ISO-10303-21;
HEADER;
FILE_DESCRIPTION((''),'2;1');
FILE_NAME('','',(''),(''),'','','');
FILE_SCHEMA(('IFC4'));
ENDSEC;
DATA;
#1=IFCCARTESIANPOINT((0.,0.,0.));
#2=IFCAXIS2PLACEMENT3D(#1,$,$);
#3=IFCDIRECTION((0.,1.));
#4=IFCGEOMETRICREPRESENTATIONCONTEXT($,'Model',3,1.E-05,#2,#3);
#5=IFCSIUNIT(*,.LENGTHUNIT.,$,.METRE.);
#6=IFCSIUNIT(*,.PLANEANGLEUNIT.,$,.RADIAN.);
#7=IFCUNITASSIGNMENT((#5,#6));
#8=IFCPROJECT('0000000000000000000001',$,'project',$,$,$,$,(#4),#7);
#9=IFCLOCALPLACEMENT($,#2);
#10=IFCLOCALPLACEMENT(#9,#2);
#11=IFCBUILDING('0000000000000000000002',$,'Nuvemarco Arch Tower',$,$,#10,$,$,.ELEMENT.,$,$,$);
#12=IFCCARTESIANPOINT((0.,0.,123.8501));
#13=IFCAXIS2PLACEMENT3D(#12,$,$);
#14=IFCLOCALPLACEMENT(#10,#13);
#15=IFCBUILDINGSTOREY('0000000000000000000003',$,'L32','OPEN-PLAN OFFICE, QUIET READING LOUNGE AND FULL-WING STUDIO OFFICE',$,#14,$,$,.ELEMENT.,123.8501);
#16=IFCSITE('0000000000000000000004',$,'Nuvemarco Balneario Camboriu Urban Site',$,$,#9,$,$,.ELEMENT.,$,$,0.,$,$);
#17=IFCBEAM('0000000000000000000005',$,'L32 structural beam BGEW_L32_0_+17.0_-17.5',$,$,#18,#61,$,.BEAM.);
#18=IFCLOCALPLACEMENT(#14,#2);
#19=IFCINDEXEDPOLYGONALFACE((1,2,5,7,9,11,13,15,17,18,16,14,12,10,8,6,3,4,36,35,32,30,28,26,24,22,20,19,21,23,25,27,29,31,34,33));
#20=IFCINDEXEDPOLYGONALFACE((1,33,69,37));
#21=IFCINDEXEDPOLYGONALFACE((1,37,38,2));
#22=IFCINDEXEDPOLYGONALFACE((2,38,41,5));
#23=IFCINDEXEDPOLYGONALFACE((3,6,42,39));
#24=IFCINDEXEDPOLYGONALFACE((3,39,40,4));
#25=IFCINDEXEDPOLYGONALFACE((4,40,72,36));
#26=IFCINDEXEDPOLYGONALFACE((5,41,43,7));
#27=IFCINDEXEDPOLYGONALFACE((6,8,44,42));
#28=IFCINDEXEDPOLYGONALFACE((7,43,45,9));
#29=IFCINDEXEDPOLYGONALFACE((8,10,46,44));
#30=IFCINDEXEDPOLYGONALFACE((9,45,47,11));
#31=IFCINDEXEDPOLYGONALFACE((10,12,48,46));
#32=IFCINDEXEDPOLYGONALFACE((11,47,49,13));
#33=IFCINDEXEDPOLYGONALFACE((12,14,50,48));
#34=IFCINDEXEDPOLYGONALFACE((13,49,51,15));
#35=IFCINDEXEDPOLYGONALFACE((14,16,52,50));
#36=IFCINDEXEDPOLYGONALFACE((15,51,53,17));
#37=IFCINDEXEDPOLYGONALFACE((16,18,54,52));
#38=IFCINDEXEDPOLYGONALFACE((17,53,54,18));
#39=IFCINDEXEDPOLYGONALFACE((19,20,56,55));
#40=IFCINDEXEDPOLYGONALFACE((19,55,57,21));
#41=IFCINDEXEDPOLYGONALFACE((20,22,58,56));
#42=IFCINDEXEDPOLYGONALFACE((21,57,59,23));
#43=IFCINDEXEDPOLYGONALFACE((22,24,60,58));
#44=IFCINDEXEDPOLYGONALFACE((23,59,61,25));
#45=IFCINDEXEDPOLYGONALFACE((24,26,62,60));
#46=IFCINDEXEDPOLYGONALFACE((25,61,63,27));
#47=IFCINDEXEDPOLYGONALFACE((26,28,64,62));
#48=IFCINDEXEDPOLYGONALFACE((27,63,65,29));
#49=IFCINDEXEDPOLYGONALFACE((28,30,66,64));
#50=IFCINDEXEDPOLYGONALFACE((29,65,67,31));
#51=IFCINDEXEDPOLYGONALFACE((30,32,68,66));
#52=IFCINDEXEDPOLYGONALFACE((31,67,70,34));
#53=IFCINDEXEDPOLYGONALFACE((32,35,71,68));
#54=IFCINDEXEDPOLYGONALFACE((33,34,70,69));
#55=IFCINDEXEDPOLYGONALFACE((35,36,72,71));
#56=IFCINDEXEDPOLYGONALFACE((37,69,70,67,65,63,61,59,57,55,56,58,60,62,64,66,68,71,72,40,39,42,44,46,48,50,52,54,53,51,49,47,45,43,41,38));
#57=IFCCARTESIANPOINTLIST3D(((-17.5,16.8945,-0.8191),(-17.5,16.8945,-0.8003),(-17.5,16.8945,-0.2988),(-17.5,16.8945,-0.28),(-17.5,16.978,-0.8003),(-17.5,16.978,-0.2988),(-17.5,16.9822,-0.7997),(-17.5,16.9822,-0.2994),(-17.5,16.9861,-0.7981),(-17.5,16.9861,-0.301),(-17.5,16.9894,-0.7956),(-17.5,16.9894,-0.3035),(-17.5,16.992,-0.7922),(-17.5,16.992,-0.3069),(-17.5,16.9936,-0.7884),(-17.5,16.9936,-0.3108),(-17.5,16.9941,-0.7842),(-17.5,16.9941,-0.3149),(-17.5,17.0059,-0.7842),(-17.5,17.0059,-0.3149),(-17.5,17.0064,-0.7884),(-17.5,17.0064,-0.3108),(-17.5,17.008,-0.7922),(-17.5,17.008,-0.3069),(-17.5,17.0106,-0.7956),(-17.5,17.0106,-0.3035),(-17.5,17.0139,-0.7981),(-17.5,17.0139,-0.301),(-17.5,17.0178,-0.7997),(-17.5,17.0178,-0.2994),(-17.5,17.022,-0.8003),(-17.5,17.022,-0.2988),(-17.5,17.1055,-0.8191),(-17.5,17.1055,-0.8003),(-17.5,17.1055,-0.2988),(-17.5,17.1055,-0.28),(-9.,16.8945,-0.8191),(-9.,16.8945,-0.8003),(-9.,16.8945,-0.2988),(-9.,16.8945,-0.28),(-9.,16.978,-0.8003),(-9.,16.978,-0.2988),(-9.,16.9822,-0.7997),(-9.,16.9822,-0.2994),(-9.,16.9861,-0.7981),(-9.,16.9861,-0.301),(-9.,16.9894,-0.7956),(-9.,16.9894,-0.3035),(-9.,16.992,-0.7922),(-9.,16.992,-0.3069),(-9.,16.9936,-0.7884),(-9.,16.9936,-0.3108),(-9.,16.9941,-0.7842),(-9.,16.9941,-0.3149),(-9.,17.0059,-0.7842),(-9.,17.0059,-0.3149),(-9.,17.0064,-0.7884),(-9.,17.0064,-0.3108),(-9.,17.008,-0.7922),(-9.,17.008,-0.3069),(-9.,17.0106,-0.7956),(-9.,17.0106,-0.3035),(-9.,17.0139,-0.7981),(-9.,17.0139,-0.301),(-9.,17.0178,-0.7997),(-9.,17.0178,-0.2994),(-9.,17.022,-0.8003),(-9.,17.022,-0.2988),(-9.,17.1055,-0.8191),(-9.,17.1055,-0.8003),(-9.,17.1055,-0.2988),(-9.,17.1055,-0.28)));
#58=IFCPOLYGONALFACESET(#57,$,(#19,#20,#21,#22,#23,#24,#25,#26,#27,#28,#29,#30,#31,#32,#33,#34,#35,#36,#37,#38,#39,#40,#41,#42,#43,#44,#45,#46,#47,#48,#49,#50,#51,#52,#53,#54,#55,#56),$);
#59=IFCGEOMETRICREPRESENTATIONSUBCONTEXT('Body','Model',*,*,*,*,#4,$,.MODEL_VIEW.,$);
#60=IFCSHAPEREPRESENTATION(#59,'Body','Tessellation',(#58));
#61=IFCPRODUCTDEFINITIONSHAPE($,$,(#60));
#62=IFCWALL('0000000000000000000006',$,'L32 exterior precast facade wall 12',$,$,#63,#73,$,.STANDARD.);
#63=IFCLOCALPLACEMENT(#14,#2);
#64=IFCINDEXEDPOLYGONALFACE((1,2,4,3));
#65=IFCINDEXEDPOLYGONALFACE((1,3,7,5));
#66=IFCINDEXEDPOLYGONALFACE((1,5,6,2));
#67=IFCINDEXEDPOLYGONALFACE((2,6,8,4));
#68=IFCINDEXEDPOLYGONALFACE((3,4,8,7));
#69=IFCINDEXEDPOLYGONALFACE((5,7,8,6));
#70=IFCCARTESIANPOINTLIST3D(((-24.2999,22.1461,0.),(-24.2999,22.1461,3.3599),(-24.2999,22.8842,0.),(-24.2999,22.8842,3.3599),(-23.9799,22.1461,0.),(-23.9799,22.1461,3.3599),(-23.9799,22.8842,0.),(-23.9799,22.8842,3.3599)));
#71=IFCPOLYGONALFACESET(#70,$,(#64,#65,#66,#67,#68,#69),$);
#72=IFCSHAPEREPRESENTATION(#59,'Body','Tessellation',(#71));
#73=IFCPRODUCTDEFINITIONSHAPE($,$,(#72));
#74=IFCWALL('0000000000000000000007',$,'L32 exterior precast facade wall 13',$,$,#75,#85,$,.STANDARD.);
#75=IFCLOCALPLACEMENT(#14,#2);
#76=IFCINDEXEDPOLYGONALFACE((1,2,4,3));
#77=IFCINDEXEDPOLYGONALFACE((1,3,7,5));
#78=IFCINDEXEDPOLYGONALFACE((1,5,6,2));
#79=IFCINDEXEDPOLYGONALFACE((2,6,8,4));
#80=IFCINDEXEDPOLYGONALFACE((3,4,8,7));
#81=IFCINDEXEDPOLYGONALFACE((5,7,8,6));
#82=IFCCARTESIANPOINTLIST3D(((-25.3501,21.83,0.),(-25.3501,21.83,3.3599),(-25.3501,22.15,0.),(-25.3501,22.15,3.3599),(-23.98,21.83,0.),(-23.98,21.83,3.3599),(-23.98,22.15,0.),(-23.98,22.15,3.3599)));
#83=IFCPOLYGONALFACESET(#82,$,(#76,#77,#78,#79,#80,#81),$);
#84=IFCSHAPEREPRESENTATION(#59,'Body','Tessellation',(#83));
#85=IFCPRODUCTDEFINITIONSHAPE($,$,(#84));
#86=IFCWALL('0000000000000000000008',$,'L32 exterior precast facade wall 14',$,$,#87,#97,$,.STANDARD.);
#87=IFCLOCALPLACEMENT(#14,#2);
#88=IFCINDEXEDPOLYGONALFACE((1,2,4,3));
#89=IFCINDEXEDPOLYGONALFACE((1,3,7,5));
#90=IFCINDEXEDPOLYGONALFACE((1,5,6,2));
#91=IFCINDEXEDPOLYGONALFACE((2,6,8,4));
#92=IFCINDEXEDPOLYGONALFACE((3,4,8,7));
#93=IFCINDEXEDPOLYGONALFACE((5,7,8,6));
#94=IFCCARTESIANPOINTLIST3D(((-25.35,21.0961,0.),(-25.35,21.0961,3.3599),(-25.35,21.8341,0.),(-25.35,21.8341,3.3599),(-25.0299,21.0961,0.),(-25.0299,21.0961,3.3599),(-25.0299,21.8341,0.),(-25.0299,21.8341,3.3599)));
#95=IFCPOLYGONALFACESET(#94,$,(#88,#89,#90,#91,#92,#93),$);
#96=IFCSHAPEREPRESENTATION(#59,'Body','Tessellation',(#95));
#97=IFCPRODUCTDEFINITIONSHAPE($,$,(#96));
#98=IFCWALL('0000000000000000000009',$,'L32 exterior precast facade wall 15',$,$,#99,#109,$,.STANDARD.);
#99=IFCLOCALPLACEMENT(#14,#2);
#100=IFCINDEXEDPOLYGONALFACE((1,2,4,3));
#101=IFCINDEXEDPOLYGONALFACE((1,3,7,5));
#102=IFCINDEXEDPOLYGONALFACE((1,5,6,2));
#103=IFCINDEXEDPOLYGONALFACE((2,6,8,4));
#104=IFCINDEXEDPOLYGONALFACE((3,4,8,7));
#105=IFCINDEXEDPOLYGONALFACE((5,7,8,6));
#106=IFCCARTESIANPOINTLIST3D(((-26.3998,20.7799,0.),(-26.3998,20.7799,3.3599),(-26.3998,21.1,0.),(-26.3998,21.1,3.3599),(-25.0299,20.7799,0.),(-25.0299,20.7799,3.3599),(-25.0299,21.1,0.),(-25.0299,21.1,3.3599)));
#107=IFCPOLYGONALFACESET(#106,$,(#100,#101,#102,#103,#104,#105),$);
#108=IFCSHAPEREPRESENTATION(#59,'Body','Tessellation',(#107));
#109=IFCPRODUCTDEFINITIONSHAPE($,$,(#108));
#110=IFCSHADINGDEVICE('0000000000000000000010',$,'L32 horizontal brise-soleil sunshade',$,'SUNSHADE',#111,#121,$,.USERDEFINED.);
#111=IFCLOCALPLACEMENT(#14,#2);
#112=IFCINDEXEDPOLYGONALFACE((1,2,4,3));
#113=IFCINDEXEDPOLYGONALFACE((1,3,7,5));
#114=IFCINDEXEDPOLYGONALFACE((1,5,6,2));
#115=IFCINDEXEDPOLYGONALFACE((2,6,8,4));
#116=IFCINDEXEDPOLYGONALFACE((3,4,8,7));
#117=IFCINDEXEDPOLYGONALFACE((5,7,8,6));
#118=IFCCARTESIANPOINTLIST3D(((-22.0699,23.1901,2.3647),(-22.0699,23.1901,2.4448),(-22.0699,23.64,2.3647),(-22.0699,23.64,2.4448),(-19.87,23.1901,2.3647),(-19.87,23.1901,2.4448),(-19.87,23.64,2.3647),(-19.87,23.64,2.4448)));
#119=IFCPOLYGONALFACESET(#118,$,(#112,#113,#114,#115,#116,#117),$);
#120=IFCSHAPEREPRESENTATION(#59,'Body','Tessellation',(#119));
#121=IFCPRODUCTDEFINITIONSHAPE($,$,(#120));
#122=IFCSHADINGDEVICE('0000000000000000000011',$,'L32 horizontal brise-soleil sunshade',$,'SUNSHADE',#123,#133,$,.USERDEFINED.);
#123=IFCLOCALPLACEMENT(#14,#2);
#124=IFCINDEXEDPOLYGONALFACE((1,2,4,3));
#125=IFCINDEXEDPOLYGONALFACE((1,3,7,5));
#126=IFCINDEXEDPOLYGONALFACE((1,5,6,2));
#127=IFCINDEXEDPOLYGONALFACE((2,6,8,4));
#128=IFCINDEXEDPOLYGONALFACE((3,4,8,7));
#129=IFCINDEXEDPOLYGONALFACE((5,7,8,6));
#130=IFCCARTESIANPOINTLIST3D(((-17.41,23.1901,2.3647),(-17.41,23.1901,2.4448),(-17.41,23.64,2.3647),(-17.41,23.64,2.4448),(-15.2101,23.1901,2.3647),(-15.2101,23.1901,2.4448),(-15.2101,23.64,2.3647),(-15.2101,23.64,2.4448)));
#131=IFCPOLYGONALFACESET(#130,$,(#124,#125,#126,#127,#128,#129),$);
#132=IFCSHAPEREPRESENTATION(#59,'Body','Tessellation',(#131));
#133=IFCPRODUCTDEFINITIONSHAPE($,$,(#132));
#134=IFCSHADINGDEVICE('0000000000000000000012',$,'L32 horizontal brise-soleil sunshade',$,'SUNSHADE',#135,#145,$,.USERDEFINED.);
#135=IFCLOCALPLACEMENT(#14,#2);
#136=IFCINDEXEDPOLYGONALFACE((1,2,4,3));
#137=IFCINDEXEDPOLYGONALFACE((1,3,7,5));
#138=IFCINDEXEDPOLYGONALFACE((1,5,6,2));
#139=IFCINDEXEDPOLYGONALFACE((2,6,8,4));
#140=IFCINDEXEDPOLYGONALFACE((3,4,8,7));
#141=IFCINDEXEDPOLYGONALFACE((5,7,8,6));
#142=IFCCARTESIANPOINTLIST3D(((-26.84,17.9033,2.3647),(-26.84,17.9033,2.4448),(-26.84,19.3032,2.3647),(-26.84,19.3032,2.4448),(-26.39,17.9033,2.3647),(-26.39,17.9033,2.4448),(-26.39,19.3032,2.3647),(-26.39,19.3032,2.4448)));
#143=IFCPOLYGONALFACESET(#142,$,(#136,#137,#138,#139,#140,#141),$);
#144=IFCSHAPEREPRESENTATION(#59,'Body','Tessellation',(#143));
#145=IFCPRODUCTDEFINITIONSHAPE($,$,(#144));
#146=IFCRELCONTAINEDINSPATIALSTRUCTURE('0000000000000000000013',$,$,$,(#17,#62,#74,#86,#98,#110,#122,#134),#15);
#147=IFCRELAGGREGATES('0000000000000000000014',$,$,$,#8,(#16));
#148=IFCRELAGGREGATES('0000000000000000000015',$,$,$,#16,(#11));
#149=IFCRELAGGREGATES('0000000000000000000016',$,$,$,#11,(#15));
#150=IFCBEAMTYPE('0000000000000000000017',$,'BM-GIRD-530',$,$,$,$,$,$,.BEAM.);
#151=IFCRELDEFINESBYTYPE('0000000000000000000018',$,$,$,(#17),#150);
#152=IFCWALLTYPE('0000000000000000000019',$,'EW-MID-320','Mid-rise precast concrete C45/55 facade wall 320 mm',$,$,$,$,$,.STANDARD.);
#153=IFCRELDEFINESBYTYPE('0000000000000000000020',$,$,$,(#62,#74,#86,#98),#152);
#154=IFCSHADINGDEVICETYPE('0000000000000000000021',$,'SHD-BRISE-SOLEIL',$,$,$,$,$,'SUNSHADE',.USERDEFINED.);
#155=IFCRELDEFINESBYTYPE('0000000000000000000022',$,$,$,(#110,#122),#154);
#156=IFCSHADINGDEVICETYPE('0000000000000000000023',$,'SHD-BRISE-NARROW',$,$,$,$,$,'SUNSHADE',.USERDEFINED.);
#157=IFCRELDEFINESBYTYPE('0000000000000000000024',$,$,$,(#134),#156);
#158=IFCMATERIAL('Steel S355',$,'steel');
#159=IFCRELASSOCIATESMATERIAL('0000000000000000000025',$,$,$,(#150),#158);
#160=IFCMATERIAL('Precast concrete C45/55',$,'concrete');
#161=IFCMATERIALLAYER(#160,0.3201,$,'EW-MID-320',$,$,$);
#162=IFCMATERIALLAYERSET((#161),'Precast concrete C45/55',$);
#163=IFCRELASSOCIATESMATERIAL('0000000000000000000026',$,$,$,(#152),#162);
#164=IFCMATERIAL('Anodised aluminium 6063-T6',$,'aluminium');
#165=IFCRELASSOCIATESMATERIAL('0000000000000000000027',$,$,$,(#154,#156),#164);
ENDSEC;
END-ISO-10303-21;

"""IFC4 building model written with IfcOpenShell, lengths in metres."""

from ifc_helpers import new_model, si_unit, direction, frame, frame_2d, origin, origin_2d, place, context, subcontext, project, spatial, rectangle, i_section, extrude, source, transform, mapped, material, layer, layer_set, material_profile, profile_set, type_object, type_shapes, element, save


model = new_model("IFC4")

# Units and contexts
model_context = context("Model", 3, precision=1e-05, world=origin(), true_north=direction((0.0, 1.0)))
body_context = subcontext(model_context, "Body", "Model", "MODEL_VIEW")
ifc_project = project(units=[si_unit("LENGTHUNIT", "METRE"), si_unit("PLANEANGLEUNIT", "RADIAN")], contexts=[model_context])

# Site, building, storey
site_placement = place(None, origin())
site = spatial("IfcSite", under=ifc_project, at=site_placement, Name="Nuvemarco Balneario Camboriu Urban Site", CompositionType="ELEMENT", RefElevation=0.0)
building_placement = place(site_placement, origin())
building = spatial("IfcBuilding", under=site, at=building_placement, Name="Nuvemarco Arch Tower", CompositionType="ELEMENT")
storey_placement = place(building_placement, frame((0.0, 0.0, 123.8501)))
storey = spatial("IfcBuildingStorey", under=building, at=storey_placement, Name="L32", Description="OPEN-PLAN OFFICE, QUIET READING LOUNGE AND FULL-WING STUDIO OFFICE", CompositionType="ELEMENT", Elevation=123.8501)

# Beam
ifc_material_1 = material(Name="Steel S355", Category="steel")
ifc_material_profile = material_profile(ifc_material_1, i_section(OverallWidth=0.2109, OverallDepth=0.5391, WebThickness=0.0117, FlangeThickness=0.0188, FilletRadius=0.0161, at=origin_2d()), Name="W530x109")
ifc_profile_set = profile_set([ifc_material_profile], Name="Steel S355")
beam_type = type_object("IfcBeamType", Name="BM-GIRD-530", PredefinedType="BEAM", material=ifc_profile_set)
beam_placement = place(storey_placement, frame((-17.5, 17.0, -0.5496), z_axis=(1.0, 0.0, 0.0), x_axis=(0.0, 1.0, 0.0)))
element("IfcBeam", 1, at=beam_placement, inside=storey, type_object=beam_type, Name="L32 structural beam BGEW_L32_0_+17.0_-17.5", PredefinedType="BEAM", context=body_context, shape_type="SweptSolid", body=[
    extrude(i_section(OverallWidth=0.2109, OverallDepth=0.5391, WebThickness=0.0117, FlangeThickness=0.0188, FilletRadius=0.0161, at=origin_2d()), origin(), (0.0, 0.0, 1.0), 8.5),
])

# Shared definitions
ifc_material_2 = material(Name="Precast concrete C45/55", Category="concrete")
ifc_layer = layer(ifc_material_2, 0.3201, Name="EW-MID-320")
ifc_layer_set = layer_set([ifc_layer], Name="Precast concrete C45/55")
wall_type = type_object("IfcWallType", Name="EW-MID-320", Description="Mid-rise precast concrete C45/55 facade wall 320 mm", PredefinedType="STANDARD", material=ifc_layer_set)

# Walls
wall_1_placement = place(storey_placement, frame((-24.1399, 22.146, 0.0), z_axis=(0.0, 0.0, 1.0), x_axis=(0.0, 1.0, 0.0)))
element("IfcWall", 2, at=wall_1_placement, inside=storey, type_object=wall_type, Name="L32 exterior precast facade wall 12", PredefinedType="STANDARD", context=body_context, shape_type="SweptSolid", body=[
    extrude(rectangle(XDim=0.738, YDim=0.3201, at=frame_2d((0.3691, 0.0))), origin(), (0.0, 0.0, 1.0), 3.3599),
])
wall_2_placement = place(storey_placement, frame((-25.3501, 21.99, 0.0), z_axis=(0.0, 0.0, 1.0), x_axis=(1.0, 0.0, 0.0)))
element("IfcWall", 3, at=wall_2_placement, inside=storey, type_object=wall_type, Name="L32 exterior precast facade wall 13", PredefinedType="STANDARD", context=body_context, shape_type="SweptSolid", body=[
    extrude(rectangle(XDim=1.3701, YDim=0.3201, at=frame_2d((0.6851, 0.0))), origin(), (0.0, 0.0, 1.0), 3.3599),
])
wall_3_placement = place(storey_placement, frame((-25.1899, 21.0959, 0.0), z_axis=(0.0, 0.0, 1.0), x_axis=(0.0, 1.0, 0.0)))
element("IfcWall", 4, at=wall_3_placement, inside=storey, type_object=wall_type, Name="L32 exterior precast facade wall 14", PredefinedType="STANDARD", context=body_context, shape_type="SweptSolid", body=[
    extrude(rectangle(XDim=0.738, YDim=0.3201, at=frame_2d((0.3691, 0.0))), origin(), (0.0, 0.0, 1.0), 3.3599),
])
wall_4_placement = place(storey_placement, frame((-26.3999, 20.9399, 0.0), z_axis=(0.0, 0.0, 1.0), x_axis=(1.0, 0.0, 0.0)))
element("IfcWall", 5, at=wall_4_placement, inside=storey, type_object=wall_type, Name="L32 exterior precast facade wall 15", PredefinedType="STANDARD", context=body_context, shape_type="SweptSolid", body=[
    extrude(rectangle(XDim=1.3699, YDim=0.3201, at=frame_2d((0.6851, 0.0))), origin(), (0.0, 0.0, 1.0), 3.3599),
])

# Shading devices
ifc_material_3 = material(Name="Anodised aluminium 6063-T6", Category="aluminium")
shading_device_type_1 = type_object("IfcShadingDeviceType", Name="SHD-BRISE-SOLEIL", ElementType="SUNSHADE", PredefinedType="USERDEFINED", material=ifc_material_3)
shared_shape_1 = source(origin(), body_context, "Body", "SweptSolid", [
    extrude(rectangle(XDim=2.2, YDim=0.45, at=origin_2d()), origin(), (0.0, 0.0, 1.0), 0.0801),
])
type_shapes(shading_device_type_1, [shared_shape_1])
for number, where, z_axis, x_axis, name in (
    (6, (-20.97, 23.415, 2.3647), (0.0, 0.0, 1.0), (1.0, 0.0, 0.0), "L32 horizontal brise-soleil sunshade"),
    (7, (-16.3101, 23.415, 2.3647), (0.0, 0.0, 1.0), (1.0, 0.0, 0.0), "L32 horizontal brise-soleil sunshade"),
):
    element("IfcShadingDevice", number, at=place(storey_placement, frame(where, z_axis=z_axis, x_axis=x_axis)), inside=storey, type_object=shading_device_type_1, Name=name, ObjectType="SUNSHADE", PredefinedType="USERDEFINED", context=body_context, shape_type="MappedRepresentation", body=[
        mapped(shared_shape_1, transform((0.0, 0.0, 0.0), scale=1.0)),
    ])
shading_device_type_2 = type_object("IfcShadingDeviceType", Name="SHD-BRISE-NARROW", ElementType="SUNSHADE", PredefinedType="USERDEFINED", material=ifc_material_3)
shared_shape_2 = source(origin(), body_context, "Body", "SweptSolid", [
    extrude(rectangle(XDim=1.3999, YDim=0.45, at=origin_2d()), origin(), (0.0, 0.0, 1.0), 0.0801),
])
type_shapes(shading_device_type_2, [shared_shape_2])
shading_device_placement = place(storey_placement, frame((-26.615, 18.6033, 2.3647), z_axis=(0.0, 0.0, 1.0), x_axis=(0.0, 1.0, 0.0)))
element("IfcShadingDevice", 8, at=shading_device_placement, inside=storey, type_object=shading_device_type_2, Name="L32 horizontal brise-soleil sunshade", ObjectType="SUNSHADE", PredefinedType="USERDEFINED", context=body_context, shape_type="MappedRepresentation", body=[
    mapped(shared_shape_2, transform((0.0, 0.0, 0.0), scale=1.0)),
])

save(model, "model.ifc")
